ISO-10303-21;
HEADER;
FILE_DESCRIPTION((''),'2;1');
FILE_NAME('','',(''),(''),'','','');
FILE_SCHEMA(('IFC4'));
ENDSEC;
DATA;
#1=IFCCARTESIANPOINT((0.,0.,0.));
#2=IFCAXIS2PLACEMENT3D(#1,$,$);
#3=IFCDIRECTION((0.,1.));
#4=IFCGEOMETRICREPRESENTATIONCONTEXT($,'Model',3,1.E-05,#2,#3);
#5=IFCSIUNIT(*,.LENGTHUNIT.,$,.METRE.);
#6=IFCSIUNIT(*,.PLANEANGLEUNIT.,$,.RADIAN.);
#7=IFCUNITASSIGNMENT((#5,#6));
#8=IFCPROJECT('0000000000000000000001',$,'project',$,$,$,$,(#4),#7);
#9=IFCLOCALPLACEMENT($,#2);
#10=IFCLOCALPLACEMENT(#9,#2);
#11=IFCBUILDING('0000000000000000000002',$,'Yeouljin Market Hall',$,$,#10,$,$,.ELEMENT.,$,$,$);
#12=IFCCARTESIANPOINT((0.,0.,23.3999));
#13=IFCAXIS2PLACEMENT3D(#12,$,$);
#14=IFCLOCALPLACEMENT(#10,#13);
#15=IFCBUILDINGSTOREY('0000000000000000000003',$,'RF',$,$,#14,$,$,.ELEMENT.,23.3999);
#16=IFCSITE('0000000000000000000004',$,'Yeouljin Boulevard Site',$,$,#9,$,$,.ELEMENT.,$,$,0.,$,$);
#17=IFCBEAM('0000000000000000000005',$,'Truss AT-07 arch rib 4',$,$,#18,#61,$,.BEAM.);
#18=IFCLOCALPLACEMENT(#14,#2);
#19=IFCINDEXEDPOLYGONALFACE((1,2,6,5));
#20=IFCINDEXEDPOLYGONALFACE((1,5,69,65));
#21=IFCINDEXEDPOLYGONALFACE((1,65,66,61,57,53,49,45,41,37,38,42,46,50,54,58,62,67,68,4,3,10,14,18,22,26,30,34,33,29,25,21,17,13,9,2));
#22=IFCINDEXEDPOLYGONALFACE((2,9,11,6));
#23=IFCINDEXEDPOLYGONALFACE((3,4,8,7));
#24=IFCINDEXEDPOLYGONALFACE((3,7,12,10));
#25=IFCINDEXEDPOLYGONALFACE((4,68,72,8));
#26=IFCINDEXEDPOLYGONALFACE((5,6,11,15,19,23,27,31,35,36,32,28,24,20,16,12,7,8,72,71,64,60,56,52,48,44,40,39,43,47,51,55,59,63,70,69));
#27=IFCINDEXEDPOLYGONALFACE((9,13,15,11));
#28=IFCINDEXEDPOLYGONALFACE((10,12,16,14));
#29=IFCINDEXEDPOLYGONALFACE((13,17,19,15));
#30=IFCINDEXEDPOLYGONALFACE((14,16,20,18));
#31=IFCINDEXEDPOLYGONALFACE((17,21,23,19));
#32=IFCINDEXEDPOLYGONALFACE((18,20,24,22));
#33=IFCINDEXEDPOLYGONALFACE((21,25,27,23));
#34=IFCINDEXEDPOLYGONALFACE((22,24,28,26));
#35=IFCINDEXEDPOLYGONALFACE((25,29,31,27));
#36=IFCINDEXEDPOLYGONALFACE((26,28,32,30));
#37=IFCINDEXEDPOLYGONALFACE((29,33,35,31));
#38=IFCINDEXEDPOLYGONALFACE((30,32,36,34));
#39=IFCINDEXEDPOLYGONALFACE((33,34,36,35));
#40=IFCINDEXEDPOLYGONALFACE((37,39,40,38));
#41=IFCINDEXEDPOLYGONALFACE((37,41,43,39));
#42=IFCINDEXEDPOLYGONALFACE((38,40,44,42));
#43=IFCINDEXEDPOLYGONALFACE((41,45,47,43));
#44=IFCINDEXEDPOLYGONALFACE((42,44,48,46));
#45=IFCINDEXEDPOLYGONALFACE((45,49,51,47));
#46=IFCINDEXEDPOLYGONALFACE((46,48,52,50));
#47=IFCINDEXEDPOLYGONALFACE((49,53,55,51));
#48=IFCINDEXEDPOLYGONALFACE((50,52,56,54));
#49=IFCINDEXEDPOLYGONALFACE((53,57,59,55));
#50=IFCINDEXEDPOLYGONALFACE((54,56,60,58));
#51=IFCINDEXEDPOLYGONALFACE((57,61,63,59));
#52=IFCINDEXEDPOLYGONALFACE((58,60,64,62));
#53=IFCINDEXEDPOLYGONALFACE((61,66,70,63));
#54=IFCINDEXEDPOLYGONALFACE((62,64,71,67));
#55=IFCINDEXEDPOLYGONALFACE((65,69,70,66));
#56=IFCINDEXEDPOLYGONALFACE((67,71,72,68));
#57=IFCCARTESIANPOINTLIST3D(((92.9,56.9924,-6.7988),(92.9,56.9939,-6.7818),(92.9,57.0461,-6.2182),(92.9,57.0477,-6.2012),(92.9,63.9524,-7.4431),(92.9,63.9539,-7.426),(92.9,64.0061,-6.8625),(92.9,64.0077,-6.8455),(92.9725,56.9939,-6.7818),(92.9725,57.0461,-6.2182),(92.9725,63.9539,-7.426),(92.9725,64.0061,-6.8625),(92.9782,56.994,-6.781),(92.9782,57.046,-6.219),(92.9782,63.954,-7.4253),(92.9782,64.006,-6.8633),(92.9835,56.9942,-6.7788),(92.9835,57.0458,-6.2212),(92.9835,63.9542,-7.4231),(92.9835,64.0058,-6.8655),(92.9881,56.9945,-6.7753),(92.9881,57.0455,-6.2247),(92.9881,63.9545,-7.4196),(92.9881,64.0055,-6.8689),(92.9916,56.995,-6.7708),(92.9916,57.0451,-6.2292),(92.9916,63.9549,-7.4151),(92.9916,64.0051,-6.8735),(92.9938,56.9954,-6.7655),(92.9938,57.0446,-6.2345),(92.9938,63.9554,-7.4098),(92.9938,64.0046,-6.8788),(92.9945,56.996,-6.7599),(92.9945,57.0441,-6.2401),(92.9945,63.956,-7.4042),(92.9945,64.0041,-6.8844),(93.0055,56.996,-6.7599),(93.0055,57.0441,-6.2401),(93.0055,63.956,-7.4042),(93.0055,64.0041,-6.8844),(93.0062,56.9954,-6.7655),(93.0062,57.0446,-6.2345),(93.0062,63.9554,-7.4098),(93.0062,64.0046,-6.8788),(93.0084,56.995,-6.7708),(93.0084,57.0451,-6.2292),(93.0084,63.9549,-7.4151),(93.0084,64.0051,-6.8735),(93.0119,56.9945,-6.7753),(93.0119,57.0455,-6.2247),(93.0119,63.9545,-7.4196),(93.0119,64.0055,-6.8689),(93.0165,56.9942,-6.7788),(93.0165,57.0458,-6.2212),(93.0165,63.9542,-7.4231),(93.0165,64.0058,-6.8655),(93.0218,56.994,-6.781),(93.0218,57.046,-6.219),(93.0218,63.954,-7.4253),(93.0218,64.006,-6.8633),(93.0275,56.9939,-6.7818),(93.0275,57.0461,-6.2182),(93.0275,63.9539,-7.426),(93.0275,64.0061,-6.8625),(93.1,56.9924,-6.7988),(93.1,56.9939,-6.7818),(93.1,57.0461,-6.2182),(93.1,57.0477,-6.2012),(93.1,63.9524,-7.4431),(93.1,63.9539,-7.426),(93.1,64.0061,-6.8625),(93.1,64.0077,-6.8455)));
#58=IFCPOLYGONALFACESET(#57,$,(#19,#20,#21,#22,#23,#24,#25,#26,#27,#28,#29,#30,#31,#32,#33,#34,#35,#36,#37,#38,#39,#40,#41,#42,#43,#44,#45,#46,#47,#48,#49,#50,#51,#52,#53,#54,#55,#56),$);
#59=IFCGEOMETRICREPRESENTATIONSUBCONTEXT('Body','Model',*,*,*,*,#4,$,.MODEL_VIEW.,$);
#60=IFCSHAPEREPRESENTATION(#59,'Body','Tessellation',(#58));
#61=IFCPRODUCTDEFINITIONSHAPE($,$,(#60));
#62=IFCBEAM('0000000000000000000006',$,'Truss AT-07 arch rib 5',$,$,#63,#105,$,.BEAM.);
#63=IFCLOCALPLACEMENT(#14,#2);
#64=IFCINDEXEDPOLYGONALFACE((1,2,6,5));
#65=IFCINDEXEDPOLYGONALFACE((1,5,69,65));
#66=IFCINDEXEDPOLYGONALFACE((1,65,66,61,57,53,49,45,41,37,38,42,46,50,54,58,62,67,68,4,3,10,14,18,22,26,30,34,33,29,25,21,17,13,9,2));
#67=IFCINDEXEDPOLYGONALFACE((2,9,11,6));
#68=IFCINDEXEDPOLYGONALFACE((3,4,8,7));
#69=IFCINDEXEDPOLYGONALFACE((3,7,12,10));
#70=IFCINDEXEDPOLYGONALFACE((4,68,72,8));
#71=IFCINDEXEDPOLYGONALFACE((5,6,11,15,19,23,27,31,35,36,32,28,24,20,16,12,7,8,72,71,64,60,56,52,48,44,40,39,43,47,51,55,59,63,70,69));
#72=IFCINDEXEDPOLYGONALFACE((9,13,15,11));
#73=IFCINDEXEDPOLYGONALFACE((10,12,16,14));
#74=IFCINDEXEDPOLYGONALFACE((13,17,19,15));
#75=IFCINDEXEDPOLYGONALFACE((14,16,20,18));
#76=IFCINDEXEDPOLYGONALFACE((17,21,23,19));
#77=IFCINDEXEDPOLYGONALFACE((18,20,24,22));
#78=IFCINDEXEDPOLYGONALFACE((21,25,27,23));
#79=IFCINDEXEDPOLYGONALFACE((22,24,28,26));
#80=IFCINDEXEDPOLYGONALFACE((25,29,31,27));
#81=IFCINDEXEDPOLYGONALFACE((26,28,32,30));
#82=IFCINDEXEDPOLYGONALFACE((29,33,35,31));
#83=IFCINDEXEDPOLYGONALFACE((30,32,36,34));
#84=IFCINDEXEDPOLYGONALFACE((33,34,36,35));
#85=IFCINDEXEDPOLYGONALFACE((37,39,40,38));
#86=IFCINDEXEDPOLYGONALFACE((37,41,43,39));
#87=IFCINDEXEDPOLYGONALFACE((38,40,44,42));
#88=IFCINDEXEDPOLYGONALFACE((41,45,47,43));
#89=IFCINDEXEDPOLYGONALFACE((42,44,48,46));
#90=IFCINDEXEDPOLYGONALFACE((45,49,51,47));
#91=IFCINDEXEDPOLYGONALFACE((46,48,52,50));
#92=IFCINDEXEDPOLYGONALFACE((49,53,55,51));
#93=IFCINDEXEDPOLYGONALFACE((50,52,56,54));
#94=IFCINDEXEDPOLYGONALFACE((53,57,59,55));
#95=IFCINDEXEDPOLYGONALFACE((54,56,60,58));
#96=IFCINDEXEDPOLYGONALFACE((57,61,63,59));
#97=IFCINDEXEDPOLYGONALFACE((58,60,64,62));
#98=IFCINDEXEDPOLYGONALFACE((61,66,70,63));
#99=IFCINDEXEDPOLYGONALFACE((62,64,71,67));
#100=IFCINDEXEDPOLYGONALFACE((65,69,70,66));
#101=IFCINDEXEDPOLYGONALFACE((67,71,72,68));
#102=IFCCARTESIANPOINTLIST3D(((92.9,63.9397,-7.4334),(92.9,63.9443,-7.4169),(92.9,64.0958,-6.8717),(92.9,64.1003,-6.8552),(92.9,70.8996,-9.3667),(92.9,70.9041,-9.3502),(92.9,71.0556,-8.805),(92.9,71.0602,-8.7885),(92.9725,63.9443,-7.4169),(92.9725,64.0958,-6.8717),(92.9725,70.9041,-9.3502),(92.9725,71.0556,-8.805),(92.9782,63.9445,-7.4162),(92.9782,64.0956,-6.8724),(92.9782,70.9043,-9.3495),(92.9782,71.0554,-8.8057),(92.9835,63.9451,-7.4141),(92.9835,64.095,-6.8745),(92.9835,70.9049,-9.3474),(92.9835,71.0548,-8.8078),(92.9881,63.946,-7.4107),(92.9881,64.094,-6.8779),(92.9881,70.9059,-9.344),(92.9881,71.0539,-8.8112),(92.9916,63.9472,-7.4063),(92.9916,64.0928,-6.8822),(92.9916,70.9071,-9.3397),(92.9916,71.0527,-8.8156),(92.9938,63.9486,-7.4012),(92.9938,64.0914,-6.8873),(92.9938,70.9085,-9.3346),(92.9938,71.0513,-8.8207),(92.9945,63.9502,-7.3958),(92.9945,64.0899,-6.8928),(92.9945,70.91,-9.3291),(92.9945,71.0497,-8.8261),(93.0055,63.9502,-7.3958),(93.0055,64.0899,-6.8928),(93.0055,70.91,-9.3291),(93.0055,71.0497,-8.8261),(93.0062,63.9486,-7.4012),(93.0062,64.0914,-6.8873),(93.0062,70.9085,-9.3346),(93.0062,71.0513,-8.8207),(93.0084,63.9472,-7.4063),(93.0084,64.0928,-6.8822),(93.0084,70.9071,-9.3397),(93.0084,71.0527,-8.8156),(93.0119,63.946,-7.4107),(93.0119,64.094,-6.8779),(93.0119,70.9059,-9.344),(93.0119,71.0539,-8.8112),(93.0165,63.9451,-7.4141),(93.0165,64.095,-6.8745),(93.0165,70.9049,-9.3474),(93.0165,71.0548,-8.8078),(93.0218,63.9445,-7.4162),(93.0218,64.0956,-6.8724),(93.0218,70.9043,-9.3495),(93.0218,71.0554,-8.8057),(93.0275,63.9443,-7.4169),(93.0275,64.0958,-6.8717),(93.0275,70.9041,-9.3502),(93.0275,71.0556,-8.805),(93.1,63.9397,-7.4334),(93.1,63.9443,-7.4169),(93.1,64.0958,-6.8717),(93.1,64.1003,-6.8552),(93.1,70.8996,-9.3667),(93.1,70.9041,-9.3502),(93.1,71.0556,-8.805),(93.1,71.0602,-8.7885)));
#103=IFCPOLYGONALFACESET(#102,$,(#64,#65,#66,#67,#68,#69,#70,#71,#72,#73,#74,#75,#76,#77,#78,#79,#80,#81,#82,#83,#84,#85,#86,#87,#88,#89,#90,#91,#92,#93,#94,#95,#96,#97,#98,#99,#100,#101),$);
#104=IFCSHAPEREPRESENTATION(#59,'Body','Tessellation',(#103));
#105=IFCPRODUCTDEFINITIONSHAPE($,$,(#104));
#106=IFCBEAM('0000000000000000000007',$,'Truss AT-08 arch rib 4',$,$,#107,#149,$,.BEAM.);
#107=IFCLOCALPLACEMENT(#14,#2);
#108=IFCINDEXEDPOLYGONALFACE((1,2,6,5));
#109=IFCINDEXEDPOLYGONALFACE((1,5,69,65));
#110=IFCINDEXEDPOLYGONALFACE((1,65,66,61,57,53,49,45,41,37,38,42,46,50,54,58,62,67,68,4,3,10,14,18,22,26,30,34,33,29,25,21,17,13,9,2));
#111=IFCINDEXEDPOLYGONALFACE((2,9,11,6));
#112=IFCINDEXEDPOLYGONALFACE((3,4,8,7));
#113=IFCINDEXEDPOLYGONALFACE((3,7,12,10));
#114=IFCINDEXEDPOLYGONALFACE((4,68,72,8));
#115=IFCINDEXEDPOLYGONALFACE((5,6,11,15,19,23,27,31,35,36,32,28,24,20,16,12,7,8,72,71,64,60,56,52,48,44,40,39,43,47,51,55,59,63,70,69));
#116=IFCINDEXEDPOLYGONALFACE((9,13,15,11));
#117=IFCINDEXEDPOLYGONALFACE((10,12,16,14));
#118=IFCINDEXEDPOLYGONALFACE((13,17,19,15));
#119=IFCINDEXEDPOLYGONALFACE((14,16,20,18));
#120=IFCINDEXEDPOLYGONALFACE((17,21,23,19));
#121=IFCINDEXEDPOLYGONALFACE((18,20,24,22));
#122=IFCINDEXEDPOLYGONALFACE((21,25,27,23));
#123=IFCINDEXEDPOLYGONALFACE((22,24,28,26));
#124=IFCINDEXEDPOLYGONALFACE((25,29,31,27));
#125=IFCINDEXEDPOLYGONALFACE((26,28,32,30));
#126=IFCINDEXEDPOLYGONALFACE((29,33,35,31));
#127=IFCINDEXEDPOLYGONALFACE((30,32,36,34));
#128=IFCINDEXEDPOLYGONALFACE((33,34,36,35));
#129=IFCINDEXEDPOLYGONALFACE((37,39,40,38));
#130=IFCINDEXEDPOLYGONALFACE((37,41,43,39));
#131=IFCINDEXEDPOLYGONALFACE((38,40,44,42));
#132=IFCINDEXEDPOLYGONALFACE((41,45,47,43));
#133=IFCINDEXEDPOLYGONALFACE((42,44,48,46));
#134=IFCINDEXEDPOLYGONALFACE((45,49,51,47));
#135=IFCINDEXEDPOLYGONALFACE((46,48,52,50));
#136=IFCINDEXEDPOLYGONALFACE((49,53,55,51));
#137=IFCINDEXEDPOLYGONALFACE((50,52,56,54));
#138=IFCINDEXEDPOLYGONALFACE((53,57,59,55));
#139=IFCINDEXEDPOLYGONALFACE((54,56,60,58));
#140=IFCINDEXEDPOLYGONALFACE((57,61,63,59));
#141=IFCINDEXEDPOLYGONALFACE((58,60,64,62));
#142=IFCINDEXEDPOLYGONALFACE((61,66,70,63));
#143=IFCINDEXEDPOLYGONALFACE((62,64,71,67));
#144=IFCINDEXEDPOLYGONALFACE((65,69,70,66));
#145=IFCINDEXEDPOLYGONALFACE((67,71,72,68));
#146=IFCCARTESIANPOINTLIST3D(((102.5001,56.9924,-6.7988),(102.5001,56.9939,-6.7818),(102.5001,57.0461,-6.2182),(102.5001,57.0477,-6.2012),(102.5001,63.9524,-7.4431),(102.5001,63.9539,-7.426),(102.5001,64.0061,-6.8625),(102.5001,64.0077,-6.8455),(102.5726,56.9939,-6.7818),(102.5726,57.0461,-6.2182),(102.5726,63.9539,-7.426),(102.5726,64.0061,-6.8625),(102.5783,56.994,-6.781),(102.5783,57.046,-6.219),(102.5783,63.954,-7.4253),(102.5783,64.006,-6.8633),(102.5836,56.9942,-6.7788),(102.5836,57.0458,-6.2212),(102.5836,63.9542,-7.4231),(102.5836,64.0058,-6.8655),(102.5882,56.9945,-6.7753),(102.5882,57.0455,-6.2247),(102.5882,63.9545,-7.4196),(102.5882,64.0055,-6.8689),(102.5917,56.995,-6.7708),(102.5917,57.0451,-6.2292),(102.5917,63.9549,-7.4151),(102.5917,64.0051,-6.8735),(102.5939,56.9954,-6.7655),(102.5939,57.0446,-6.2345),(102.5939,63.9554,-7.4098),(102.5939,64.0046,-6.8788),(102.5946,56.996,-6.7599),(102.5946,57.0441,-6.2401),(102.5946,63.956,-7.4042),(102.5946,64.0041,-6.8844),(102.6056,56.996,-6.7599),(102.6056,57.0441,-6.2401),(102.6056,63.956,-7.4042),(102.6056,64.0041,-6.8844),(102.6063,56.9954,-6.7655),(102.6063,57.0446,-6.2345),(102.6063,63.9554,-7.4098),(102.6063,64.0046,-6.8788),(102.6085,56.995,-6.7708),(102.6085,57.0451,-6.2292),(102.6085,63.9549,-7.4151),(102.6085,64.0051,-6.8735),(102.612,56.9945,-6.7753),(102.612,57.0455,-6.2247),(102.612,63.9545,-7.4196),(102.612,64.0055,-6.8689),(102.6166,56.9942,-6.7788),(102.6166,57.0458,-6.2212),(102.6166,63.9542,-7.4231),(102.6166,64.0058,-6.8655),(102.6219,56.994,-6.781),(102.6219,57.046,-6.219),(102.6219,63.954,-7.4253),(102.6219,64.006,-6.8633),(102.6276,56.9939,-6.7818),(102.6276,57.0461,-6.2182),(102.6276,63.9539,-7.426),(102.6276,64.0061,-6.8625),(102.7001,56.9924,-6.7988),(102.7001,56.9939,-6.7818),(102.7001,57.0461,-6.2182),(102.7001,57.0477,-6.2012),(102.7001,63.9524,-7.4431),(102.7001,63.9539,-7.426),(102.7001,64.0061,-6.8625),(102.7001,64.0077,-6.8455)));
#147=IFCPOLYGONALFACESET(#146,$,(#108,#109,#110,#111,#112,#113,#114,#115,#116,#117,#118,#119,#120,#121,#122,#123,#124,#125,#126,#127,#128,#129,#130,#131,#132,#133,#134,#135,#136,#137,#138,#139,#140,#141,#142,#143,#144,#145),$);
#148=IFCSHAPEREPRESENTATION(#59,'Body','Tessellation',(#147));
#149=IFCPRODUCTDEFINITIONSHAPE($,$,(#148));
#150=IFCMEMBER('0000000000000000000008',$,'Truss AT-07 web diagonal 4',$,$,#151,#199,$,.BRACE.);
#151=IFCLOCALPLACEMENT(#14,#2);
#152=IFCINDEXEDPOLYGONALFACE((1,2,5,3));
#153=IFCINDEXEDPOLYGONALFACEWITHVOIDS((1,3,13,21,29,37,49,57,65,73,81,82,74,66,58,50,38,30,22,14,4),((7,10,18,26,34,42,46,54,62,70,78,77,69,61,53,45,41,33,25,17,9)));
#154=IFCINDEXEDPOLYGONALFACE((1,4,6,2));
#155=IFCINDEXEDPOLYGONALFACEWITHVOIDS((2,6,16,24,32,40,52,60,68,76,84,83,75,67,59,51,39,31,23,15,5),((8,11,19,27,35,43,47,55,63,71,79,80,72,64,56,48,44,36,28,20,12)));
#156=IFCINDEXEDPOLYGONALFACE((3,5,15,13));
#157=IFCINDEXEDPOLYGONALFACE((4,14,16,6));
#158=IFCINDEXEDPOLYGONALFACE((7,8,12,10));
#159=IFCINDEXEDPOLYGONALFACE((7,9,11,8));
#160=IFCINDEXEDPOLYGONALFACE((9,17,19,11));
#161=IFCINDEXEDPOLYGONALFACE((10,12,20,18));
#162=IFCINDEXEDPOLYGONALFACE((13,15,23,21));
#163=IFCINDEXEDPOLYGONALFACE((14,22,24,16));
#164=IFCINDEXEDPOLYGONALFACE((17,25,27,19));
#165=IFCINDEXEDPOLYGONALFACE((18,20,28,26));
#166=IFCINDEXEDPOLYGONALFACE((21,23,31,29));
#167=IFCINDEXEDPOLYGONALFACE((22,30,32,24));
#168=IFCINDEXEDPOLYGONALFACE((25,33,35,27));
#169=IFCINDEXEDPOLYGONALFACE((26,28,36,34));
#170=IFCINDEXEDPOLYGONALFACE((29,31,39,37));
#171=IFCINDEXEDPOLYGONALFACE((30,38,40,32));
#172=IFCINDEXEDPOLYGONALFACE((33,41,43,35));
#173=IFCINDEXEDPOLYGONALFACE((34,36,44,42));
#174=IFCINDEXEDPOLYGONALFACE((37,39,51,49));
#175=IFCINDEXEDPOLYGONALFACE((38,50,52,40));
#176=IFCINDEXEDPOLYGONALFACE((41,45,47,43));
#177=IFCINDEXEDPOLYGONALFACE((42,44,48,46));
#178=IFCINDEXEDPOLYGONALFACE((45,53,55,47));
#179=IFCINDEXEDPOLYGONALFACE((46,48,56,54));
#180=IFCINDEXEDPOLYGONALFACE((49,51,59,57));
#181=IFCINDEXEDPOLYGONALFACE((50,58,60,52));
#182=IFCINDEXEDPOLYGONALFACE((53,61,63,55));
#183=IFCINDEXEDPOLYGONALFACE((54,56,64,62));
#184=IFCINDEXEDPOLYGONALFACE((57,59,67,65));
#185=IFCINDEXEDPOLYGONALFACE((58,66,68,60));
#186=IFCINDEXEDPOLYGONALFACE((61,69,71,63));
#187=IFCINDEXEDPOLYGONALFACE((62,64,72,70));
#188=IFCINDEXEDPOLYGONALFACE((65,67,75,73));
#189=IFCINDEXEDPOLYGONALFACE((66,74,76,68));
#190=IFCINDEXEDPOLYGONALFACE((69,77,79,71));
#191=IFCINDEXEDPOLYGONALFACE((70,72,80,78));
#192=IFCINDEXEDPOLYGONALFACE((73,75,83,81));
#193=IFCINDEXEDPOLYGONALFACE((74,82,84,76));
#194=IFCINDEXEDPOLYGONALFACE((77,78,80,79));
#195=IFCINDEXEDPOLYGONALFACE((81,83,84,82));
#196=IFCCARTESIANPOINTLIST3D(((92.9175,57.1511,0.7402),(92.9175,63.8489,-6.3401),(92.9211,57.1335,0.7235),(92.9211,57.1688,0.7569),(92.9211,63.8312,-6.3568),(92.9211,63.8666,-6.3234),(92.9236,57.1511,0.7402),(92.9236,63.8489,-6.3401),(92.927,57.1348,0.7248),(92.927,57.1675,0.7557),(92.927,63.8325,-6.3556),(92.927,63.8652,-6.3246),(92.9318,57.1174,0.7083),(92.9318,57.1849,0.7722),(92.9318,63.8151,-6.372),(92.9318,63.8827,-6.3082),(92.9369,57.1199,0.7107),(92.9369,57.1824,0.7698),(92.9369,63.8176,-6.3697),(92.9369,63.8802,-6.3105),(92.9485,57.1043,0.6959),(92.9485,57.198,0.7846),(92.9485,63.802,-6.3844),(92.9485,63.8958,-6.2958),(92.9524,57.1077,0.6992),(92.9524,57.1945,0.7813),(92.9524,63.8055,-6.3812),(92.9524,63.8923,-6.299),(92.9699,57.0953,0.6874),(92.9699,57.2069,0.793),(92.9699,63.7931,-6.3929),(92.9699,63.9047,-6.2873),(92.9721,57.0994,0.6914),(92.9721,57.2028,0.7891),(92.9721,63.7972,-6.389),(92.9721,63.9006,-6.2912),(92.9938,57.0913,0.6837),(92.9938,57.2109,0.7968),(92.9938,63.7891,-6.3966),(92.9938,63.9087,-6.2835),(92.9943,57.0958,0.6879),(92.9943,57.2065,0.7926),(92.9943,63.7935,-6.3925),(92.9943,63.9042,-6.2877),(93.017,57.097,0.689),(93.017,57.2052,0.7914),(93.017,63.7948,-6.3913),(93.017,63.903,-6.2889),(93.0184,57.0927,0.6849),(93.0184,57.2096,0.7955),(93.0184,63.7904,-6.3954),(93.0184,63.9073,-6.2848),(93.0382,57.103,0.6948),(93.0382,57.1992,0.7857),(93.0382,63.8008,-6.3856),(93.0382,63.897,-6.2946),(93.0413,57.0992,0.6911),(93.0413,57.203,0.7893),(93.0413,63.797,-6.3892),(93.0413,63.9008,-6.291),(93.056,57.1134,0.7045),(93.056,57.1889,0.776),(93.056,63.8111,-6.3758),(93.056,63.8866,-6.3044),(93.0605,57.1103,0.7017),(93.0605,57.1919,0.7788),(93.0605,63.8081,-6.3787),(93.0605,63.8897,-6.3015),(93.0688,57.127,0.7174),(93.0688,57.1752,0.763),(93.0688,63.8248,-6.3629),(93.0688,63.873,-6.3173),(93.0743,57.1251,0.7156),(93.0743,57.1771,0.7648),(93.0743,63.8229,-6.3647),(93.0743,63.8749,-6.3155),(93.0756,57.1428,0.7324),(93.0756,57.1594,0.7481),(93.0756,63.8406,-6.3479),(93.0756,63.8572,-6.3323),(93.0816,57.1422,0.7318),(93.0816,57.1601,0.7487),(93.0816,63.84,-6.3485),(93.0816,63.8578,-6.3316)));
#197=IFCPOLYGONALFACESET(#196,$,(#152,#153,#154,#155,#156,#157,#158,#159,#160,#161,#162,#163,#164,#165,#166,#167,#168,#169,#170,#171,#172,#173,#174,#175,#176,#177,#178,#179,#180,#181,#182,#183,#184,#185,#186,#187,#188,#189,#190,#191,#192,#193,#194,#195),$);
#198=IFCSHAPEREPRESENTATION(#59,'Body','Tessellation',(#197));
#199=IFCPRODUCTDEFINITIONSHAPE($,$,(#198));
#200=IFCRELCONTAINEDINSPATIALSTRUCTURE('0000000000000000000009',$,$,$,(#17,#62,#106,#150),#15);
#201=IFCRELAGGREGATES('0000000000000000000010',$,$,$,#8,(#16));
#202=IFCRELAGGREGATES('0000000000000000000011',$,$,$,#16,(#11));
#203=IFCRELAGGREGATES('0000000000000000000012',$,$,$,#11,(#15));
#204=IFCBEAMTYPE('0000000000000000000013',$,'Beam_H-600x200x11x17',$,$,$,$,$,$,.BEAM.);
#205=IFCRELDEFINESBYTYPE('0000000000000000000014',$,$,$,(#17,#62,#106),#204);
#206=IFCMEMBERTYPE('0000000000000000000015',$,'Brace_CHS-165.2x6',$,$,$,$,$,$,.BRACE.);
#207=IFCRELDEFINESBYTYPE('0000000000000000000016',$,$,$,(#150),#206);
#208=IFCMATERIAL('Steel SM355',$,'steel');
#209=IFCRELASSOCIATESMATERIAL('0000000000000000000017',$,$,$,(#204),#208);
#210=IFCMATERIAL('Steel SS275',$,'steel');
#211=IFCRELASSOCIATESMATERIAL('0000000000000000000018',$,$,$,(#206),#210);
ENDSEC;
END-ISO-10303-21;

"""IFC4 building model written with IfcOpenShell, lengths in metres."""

from ifc_helpers import new_model, si_unit, direction, frame, origin, origin_2d, place, context, subcontext, project, spatial, hollow_circle, i_section, extrude, material, material_profile, profile_set, type_object, element, save


model = new_model("IFC4")

# Units and contexts
model_context = context("Model", 3, precision=1e-05, world=origin(), true_north=direction((0.0, 1.0)))
body_context = subcontext(model_context, "Body", "Model", "MODEL_VIEW")
ifc_project = project(units=[si_unit("LENGTHUNIT", "METRE"), si_unit("PLANEANGLEUNIT", "RADIAN")], contexts=[model_context])

# Site, building, storey
site_placement = place(None, origin())
site = spatial("IfcSite", under=ifc_project, at=site_placement, Name="Yeouljin Boulevard Site", CompositionType="ELEMENT", RefElevation=0.0)
building_placement = place(site_placement, origin())
building = spatial("IfcBuilding", under=site, at=building_placement, Name="Yeouljin Market Hall", CompositionType="ELEMENT")
storey_placement = place(building_placement, frame((0.0, 0.0, 23.3999)))
storey = spatial("IfcBuildingStorey", under=building, at=storey_placement, Name="RF", CompositionType="ELEMENT", Elevation=23.3999)

# Beams
ifc_material_1 = material(Name="Steel SM355", Category="steel")
ifc_material_profile_1 = material_profile(ifc_material_1, i_section(OverallWidth=0.2, OverallDepth=0.6001, WebThickness=0.011, FlangeThickness=0.0171, FilletRadius=0.022, at=origin_2d()), Name="H-600x200x11x17")
ifc_profile_set_1 = profile_set([ifc_material_profile_1], Name="Steel SM355")
beam_type = type_object("IfcBeamType", Name="Beam_H-600x200x11x17", PredefinedType="BEAM", material=ifc_profile_set_1)
beam_1_placement = place(storey_placement, frame((93.0, 57.02, -6.5), z_axis=(0.0, 0.995743, -0.092176), x_axis=(-1.0, 0.0, 0.0)))
element("IfcBeam", 1, at=beam_1_placement, inside=storey, type_object=beam_type, Name="Truss AT-07 arch rib 4", PredefinedType="BEAM", context=body_context, shape_type="SweptSolid", body=[
    extrude(i_section(OverallWidth=0.2, OverallDepth=0.6001, WebThickness=0.011, FlangeThickness=0.0171, FilletRadius=0.022, at=origin_2d()), origin(), (0.0, 0.0, 1.0), 6.9897),
])
beam_2_placement = place(storey_placement, frame((93.0, 64.02, -7.1443), z_axis=(0.0, 0.963517, -0.267647), x_axis=(-1.0, 0.0, 0.0)))
element("IfcBeam", 2, at=beam_2_placement, inside=storey, type_object=beam_type, Name="Truss AT-07 arch rib 5", PredefinedType="BEAM", context=body_context, shape_type="SweptSolid", body=[
    extrude(i_section(OverallWidth=0.2, OverallDepth=0.6001, WebThickness=0.011, FlangeThickness=0.0171, FilletRadius=0.022, at=origin_2d()), origin(), (0.0, 0.0, 1.0), 7.2234),
])
beam_3_placement = place(storey_placement, frame((102.6001, 57.02, -6.5), z_axis=(0.0, 0.995743, -0.092176), x_axis=(-1.0, 0.0, 0.0)))
element("IfcBeam", 3, at=beam_3_placement, inside=storey, type_object=beam_type, Name="Truss AT-08 arch rib 4", PredefinedType="BEAM", context=body_context, shape_type="SweptSolid", body=[
    extrude(i_section(OverallWidth=0.2, OverallDepth=0.6001, WebThickness=0.011, FlangeThickness=0.0171, FilletRadius=0.022, at=origin_2d()), origin(), (0.0, 0.0, 1.0), 6.9897),
])

# Member
ifc_material_2 = material(Name="Steel SS275", Category="steel")
ifc_material_profile_2 = material_profile(ifc_material_2, hollow_circle(Radius=0.0825, WallThickness=0.0061, at=origin_2d()), Name="CHS-165.2x6")
ifc_profile_set_2 = profile_set([ifc_material_profile_2], Name="Steel SS275")
member_type_1 = type_object("IfcMemberType", Name="Brace_CHS-165.2x6", PredefinedType="BRACE", material=ifc_profile_set_2)
member_1_placement = place(storey_placement, frame((93.0, 57.1511, 0.7402), z_axis=(0.0, 0.687208, -0.726461), x_axis=(-1.0, 0.0, 0.0)))
element("IfcMember", 4, at=member_1_placement, inside=storey, type_object=member_type_1, Name="Truss AT-07 web diagonal 4", PredefinedType="BRACE", context=body_context, shape_type="SweptSolid", body=[
    extrude(hollow_circle(Radius=0.0825, WallThickness=0.0061, at=origin_2d()), origin(), (0.0, 0.0, 1.0), 9.7463),
])

save(model, "model.ifc")
